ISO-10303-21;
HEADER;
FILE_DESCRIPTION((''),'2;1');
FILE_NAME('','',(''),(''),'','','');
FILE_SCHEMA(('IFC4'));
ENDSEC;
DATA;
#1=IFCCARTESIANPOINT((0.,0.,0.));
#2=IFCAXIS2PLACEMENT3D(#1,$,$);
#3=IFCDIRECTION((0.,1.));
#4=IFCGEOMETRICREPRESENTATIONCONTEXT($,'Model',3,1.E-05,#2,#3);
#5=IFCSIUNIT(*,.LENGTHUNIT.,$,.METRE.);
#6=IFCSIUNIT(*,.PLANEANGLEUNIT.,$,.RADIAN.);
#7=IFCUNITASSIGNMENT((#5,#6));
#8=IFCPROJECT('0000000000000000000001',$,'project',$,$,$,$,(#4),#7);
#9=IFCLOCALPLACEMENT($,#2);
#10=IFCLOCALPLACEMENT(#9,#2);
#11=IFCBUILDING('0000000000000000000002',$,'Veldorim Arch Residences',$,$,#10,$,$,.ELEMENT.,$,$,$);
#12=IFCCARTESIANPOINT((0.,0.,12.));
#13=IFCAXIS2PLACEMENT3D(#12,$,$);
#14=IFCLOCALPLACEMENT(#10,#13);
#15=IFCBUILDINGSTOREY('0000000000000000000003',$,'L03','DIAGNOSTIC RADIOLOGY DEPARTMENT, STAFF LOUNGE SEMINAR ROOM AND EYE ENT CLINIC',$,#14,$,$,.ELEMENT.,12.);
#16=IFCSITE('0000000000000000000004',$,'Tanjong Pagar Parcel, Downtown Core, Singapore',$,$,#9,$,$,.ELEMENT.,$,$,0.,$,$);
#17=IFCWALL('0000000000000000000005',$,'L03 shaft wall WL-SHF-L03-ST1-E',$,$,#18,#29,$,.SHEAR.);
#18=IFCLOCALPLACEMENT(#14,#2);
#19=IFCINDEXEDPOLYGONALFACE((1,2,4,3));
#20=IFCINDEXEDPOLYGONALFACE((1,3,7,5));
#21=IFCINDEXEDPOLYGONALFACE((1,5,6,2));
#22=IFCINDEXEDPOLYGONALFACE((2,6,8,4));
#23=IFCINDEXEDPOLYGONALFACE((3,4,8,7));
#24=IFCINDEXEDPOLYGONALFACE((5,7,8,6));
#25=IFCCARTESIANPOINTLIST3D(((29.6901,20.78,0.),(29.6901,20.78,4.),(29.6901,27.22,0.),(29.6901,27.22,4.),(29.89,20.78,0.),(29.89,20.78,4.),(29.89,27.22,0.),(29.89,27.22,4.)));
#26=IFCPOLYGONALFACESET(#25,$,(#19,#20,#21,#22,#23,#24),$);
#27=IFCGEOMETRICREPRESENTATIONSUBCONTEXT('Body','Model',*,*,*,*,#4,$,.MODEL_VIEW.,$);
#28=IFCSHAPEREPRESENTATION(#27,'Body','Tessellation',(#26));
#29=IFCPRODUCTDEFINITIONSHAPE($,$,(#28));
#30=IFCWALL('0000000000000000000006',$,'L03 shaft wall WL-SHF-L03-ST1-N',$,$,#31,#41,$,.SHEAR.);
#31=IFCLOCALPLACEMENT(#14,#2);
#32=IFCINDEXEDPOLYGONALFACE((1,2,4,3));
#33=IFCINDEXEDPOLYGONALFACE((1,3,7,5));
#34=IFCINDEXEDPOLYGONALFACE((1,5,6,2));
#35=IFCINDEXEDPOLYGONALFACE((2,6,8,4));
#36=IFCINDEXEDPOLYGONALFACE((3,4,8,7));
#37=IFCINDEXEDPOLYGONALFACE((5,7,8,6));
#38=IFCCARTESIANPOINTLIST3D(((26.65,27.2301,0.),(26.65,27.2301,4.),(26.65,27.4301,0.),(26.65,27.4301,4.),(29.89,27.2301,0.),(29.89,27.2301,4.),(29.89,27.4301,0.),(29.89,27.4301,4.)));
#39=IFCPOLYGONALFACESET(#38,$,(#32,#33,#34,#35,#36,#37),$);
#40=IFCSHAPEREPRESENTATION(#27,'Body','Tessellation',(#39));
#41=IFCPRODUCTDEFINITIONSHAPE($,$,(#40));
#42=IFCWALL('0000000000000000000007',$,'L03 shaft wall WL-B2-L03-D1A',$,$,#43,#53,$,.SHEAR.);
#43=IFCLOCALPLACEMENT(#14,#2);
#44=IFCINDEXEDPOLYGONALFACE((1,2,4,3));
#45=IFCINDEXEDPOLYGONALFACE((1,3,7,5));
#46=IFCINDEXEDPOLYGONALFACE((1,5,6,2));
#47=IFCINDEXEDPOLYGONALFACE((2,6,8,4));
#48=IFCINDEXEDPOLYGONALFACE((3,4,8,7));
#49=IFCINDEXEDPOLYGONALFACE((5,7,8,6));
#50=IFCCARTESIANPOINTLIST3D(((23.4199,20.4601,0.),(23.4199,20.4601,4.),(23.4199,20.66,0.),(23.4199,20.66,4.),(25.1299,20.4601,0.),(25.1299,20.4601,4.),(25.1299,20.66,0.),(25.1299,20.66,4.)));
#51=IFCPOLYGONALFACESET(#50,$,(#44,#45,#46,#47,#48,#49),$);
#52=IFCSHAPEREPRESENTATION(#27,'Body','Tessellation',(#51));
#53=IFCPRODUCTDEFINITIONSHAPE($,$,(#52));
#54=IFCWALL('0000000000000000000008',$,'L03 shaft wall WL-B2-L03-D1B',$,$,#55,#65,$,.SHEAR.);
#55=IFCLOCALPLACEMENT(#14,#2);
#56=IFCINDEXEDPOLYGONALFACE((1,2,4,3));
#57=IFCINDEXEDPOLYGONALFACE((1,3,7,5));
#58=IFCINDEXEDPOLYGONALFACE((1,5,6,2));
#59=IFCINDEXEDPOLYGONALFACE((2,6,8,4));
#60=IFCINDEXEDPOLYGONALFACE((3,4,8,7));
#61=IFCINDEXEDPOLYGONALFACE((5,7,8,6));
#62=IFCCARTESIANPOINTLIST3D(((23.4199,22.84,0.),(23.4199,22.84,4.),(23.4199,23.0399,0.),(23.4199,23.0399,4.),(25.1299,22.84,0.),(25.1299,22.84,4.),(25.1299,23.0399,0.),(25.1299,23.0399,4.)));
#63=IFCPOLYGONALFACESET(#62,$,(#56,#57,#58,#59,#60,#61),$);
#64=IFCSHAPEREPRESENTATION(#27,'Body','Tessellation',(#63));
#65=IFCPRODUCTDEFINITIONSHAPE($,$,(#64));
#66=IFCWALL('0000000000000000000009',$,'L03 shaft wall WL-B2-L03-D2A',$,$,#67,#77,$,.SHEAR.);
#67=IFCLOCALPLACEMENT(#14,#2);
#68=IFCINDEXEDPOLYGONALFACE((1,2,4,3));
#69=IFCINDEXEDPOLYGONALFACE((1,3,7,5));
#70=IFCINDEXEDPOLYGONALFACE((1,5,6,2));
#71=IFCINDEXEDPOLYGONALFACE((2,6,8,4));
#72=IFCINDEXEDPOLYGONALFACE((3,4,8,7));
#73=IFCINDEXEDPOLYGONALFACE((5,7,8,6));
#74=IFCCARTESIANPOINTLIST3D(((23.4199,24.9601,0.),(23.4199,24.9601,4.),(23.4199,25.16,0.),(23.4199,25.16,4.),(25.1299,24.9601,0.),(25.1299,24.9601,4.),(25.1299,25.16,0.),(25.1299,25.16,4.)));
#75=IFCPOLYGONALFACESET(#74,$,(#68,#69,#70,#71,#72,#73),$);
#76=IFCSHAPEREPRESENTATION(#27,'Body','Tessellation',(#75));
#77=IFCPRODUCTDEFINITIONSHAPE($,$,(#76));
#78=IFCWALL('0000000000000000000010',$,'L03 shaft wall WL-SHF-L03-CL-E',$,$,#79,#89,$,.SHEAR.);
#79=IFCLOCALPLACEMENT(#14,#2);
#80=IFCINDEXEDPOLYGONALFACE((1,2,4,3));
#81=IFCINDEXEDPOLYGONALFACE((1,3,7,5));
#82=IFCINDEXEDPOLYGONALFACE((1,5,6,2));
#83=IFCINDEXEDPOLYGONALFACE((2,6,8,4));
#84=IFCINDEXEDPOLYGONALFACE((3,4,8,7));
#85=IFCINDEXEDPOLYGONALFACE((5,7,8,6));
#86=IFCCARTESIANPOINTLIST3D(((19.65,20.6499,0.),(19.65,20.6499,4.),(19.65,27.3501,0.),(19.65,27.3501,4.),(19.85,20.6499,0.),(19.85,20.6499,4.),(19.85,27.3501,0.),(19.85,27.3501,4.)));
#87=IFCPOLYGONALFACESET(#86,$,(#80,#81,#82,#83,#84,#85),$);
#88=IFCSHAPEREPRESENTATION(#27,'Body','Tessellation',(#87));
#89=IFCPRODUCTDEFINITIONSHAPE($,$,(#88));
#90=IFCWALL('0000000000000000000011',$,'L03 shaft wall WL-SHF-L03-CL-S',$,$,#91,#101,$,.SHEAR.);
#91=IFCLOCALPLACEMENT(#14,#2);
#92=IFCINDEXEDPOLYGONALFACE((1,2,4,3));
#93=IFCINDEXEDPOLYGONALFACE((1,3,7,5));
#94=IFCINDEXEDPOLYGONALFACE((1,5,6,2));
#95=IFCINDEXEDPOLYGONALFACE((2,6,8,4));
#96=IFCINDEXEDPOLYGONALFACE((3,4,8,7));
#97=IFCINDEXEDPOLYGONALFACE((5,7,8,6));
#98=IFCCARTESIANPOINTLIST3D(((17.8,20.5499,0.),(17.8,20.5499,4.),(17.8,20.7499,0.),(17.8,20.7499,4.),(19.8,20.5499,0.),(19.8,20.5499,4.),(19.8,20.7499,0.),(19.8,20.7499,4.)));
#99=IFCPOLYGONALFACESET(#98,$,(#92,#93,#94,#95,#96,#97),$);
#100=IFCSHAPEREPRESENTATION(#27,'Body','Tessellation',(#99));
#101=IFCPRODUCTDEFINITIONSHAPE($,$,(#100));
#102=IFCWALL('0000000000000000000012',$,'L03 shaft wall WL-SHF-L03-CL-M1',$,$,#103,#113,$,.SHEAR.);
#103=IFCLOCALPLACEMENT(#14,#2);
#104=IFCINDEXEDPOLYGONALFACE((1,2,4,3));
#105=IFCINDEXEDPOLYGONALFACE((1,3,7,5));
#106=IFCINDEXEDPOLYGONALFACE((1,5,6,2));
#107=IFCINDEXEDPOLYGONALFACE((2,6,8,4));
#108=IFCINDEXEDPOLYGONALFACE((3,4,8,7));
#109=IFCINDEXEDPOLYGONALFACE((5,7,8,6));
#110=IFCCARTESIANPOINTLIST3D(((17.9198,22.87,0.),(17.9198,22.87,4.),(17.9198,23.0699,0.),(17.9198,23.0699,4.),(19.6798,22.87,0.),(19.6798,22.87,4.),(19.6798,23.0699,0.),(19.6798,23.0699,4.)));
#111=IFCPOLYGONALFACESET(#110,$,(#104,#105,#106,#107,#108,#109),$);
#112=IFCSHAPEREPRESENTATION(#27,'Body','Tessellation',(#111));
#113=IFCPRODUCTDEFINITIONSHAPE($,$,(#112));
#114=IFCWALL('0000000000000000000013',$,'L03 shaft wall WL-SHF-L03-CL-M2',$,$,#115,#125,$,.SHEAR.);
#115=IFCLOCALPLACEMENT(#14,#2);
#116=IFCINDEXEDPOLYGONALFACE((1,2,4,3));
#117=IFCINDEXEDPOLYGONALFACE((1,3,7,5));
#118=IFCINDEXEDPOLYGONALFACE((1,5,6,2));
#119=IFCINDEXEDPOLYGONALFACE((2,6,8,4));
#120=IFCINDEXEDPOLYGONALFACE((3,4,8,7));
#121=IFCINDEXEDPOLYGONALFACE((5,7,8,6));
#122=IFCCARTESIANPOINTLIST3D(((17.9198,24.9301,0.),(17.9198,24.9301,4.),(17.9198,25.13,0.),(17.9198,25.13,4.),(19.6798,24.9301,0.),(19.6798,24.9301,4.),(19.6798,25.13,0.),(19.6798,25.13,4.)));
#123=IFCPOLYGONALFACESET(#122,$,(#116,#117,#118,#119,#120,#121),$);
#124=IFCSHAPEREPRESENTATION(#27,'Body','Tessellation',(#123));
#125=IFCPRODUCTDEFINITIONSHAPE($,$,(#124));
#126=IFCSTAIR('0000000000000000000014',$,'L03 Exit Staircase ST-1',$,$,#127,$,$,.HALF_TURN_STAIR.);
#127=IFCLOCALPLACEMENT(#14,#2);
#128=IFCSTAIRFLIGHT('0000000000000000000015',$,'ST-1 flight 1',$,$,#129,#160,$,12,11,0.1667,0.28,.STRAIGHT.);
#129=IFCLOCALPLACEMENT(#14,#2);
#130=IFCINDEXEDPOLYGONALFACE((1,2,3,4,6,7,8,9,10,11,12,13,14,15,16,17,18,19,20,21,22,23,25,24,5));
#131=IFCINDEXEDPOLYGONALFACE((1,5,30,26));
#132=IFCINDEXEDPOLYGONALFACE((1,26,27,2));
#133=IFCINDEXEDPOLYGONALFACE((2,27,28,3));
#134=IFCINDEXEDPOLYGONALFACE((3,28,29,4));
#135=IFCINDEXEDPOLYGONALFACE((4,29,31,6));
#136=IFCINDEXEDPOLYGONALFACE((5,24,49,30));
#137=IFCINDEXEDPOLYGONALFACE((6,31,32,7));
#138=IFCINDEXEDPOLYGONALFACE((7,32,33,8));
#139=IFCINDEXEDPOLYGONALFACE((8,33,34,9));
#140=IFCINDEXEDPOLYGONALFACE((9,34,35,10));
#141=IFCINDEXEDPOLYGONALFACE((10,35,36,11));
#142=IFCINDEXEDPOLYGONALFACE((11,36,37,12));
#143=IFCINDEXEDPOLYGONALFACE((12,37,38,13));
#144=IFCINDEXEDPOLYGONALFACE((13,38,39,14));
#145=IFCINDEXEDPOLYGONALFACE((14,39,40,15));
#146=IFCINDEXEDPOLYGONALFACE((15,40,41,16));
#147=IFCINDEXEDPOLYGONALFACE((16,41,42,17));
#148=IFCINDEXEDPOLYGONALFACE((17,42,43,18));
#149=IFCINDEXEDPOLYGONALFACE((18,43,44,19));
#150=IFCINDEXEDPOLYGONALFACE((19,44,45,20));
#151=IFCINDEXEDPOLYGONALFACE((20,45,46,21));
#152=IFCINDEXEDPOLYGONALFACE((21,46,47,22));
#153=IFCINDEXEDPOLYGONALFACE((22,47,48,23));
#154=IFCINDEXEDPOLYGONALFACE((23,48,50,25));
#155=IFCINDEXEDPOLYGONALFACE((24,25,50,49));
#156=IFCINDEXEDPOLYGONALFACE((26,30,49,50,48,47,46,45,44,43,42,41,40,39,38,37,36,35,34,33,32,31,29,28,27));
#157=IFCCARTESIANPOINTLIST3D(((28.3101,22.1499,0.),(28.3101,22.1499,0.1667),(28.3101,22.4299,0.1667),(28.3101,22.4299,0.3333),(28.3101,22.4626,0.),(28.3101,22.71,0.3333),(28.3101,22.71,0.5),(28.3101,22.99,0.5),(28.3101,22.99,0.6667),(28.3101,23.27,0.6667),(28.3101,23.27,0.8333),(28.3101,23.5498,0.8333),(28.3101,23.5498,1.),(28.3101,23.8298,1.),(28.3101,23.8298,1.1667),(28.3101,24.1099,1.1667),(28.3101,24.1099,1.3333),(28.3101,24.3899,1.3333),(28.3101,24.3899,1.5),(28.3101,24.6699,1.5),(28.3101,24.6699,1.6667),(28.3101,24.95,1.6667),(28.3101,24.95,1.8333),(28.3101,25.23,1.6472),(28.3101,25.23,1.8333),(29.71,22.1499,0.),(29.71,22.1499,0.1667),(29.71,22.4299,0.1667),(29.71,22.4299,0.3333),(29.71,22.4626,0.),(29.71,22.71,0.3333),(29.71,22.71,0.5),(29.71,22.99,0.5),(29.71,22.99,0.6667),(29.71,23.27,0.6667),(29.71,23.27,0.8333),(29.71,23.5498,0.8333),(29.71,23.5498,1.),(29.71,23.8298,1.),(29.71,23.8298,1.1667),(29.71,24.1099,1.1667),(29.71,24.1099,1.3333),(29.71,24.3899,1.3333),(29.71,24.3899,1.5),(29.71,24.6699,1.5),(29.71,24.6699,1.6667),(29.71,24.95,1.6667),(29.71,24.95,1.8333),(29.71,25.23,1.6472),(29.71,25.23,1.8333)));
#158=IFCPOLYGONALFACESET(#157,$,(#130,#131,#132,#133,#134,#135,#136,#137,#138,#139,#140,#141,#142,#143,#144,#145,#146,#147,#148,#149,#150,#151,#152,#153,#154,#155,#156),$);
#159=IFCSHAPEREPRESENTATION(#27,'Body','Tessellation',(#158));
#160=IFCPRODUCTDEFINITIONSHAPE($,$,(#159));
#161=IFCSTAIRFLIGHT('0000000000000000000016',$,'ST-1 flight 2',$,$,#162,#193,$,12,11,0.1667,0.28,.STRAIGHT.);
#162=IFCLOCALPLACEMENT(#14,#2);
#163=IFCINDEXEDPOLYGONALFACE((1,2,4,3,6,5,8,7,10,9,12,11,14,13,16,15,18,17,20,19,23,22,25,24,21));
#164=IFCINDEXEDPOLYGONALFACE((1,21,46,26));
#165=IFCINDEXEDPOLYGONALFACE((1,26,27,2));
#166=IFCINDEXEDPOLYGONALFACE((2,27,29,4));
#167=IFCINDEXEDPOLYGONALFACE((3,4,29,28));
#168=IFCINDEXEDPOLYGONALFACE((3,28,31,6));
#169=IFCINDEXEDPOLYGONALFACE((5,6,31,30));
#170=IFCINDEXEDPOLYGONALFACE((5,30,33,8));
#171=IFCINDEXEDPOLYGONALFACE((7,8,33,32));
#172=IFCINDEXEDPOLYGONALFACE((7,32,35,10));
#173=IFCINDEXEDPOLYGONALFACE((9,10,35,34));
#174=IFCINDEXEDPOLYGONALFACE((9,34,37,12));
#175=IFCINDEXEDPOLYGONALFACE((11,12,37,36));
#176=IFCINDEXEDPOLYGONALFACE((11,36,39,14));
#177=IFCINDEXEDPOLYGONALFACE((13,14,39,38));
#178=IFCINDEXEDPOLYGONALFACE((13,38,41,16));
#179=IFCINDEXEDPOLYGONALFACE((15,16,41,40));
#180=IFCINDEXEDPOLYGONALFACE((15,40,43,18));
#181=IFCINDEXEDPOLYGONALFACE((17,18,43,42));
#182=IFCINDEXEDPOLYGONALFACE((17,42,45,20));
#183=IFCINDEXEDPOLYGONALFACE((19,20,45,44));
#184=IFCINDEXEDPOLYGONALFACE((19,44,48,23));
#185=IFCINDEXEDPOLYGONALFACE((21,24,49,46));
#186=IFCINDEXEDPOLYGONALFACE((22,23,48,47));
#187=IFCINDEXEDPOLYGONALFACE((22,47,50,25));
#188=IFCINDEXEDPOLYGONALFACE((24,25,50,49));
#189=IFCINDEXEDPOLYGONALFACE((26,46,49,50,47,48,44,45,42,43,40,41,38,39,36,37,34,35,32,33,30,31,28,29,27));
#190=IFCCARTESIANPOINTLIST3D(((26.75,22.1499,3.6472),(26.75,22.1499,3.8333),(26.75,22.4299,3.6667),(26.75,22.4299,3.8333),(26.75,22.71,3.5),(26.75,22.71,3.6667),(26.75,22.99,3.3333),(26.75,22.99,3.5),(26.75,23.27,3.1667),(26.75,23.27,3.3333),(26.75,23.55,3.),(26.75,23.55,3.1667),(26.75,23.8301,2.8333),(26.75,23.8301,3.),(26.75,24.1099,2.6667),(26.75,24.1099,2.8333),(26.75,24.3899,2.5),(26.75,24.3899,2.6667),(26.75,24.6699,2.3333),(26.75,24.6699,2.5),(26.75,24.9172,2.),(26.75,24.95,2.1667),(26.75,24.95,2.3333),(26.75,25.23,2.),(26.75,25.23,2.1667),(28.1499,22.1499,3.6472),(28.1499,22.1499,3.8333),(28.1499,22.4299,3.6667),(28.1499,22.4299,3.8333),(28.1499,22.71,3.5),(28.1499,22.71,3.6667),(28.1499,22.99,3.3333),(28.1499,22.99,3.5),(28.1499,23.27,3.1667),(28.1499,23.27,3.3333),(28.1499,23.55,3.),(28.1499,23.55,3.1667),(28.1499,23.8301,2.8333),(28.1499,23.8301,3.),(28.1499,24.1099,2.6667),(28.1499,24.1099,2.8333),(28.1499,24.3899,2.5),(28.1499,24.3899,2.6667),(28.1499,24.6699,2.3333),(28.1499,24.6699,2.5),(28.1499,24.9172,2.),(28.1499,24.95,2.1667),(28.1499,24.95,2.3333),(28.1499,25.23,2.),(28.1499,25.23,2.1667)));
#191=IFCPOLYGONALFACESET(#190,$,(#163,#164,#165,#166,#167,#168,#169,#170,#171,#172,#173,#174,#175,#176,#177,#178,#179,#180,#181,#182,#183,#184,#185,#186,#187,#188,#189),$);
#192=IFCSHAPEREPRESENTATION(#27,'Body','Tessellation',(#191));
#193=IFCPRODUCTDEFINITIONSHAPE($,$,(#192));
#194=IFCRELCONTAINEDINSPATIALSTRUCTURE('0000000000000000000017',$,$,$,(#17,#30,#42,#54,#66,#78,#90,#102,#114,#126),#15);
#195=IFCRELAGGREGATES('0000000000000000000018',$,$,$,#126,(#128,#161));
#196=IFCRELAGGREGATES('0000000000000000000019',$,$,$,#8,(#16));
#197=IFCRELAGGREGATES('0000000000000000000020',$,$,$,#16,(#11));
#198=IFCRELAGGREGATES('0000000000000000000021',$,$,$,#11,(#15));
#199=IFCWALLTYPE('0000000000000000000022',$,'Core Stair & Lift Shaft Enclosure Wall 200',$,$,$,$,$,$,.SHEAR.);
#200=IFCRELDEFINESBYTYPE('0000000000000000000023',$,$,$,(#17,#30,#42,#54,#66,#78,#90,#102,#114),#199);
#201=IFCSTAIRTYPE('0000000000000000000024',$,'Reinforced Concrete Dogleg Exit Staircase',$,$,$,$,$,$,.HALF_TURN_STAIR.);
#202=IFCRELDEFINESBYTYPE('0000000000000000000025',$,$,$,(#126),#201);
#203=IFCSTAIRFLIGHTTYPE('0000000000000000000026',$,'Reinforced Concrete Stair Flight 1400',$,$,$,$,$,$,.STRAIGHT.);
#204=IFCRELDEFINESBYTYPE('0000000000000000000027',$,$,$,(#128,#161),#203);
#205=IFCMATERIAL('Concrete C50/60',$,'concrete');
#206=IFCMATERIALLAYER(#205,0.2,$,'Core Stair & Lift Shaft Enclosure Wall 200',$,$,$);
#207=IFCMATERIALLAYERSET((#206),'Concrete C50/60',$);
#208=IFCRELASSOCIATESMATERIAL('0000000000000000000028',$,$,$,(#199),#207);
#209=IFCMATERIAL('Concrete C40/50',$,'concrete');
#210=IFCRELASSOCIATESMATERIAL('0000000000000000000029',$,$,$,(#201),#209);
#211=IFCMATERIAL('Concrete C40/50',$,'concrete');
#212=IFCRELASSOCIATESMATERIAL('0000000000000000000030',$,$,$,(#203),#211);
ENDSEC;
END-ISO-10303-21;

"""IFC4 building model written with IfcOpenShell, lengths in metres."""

from ifc_helpers import new_model, si_unit, direction, frame, frame_2d, origin, place, context, subcontext, project, spatial, polyline, rectangle, outline, extrude, material, layer, layer_set, type_object, element, aggregate, save


model = new_model("IFC4")

# Units and contexts
model_context = context("Model", 3, precision=1e-05, world=origin(), true_north=direction((0.0, 1.0)))
body_context = subcontext(model_context, "Body", "Model", "MODEL_VIEW")
ifc_project = project(units=[si_unit("LENGTHUNIT", "METRE"), si_unit("PLANEANGLEUNIT", "RADIAN")], contexts=[model_context])

# Site, building, storey
site_placement = place(None, origin())
site = spatial("IfcSite", under=ifc_project, at=site_placement, Name="Tanjong Pagar Parcel, Downtown Core, Singapore", CompositionType="ELEMENT", RefElevation=0.0)
building_placement = place(site_placement, origin())
building = spatial("IfcBuilding", under=site, at=building_placement, Name="Veldorim Arch Residences", CompositionType="ELEMENT")
storey_placement = place(building_placement, frame((0.0, 0.0, 12.0)))
storey = spatial("IfcBuildingStorey", under=building, at=storey_placement, Name="L03", Description="DIAGNOSTIC RADIOLOGY DEPARTMENT, STAFF LOUNGE SEMINAR ROOM AND EYE ENT CLINIC", CompositionType="ELEMENT", Elevation=12.0)

# Walls
ifc_material_1 = material(Name="Concrete C50/60", Category="concrete")
ifc_layer = layer(ifc_material_1, 0.2, Name="Core Stair & Lift Shaft Enclosure Wall 200")
ifc_layer_set = layer_set([ifc_layer], Name="Concrete C50/60")
wall_type = type_object("IfcWallType", Name="Core Stair & Lift Shaft Enclosure Wall 200", PredefinedType="SHEAR", material=ifc_layer_set)
wall_1_placement = place(storey_placement, frame((29.79, 20.78, 0.0), z_axis=(0.0, 0.0, 1.0), x_axis=(0.0, 1.0, 0.0)))
element("IfcWall", 1, at=wall_1_placement, inside=storey, type_object=wall_type, Name="L03 shaft wall WL-SHF-L03-ST1-E", PredefinedType="SHEAR", context=body_context, shape_type="SweptSolid", body=[
    extrude(rectangle(XDim=6.4399, YDim=0.2, at=frame_2d((3.22, 0.0))), origin(), (0.0, 0.0, 1.0), 4.0),
])
wall_2_placement = place(storey_placement, frame((26.6499, 27.3301, 0.0), z_axis=(0.0, 0.0, 1.0), x_axis=(1.0, 0.0, 0.0)))
element("IfcWall", 2, at=wall_2_placement, inside=storey, type_object=wall_type, Name="L03 shaft wall WL-SHF-L03-ST1-N", PredefinedType="SHEAR", context=body_context, shape_type="SweptSolid", body=[
    extrude(rectangle(XDim=3.24, YDim=0.2, at=frame_2d((1.6201, 0.0))), origin(), (0.0, 0.0, 1.0), 4.0),
])

# Walls
for number, where, z_axis, x_axis, name in (
    (3, (23.4199, 20.5601, 0.0), (0.0, 0.0, 1.0), (1.0, 0.0, 0.0), "L03 shaft wall WL-B2-L03-D1A"),
    (4, (23.4199, 22.9399, 0.0), (0.0, 0.0, 1.0), (1.0, 0.0, 0.0), "L03 shaft wall WL-B2-L03-D1B"),
    (5, (23.4199, 25.0601, 0.0), (0.0, 0.0, 1.0), (1.0, 0.0, 0.0), "L03 shaft wall WL-B2-L03-D2A"),
):
    element("IfcWall", number, at=place(storey_placement, frame(where, z_axis=z_axis, x_axis=x_axis)), inside=storey, type_object=wall_type, Name=name, PredefinedType="SHEAR", context=body_context, shape_type="SweptSolid", body=[
        extrude(rectangle(XDim=1.71, YDim=0.2, at=frame_2d((0.855, 0.0))), origin(), (0.0, 0.0, 1.0), 4.0),
    ])

# Walls
wall_3_placement = place(storey_placement, frame((19.75, 20.6499, 0.0), z_axis=(0.0, 0.0, 1.0), x_axis=(0.0, 1.0, 0.0)))
element("IfcWall", 6, at=wall_3_placement, inside=storey, type_object=wall_type, Name="L03 shaft wall WL-SHF-L03-CL-E", PredefinedType="SHEAR", context=body_context, shape_type="SweptSolid", body=[
    extrude(rectangle(XDim=6.7002, YDim=0.2, at=frame_2d((3.3501, 0.0))), origin(), (0.0, 0.0, 1.0), 4.0),
])
wall_4_placement = place(storey_placement, frame((17.8, 20.6499, 0.0), z_axis=(0.0, 0.0, 1.0), x_axis=(1.0, 0.0, 0.0)))
element("IfcWall", 7, at=wall_4_placement, inside=storey, type_object=wall_type, Name="L03 shaft wall WL-SHF-L03-CL-S", PredefinedType="SHEAR", context=body_context, shape_type="SweptSolid", body=[
    extrude(rectangle(XDim=2.0, YDim=0.2, at=frame_2d((1.0, 0.0))), origin(), (0.0, 0.0, 1.0), 4.0),
])
for number, where, z_axis, x_axis, name in (
    (8, (17.9199, 22.97, 0.0), (0.0, 0.0, 1.0), (1.0, 0.0, 0.0), "L03 shaft wall WL-SHF-L03-CL-M1"),
    (9, (17.9199, 25.03, 0.0), (0.0, 0.0, 1.0), (1.0, 0.0, 0.0), "L03 shaft wall WL-SHF-L03-CL-M2"),
):
    element("IfcWall", number, at=place(storey_placement, frame(where, z_axis=z_axis, x_axis=x_axis)), inside=storey, type_object=wall_type, Name=name, PredefinedType="SHEAR", context=body_context, shape_type="SweptSolid", body=[
        extrude(rectangle(XDim=1.76, YDim=0.2, at=frame_2d((0.8799, 0.0))), origin(), (0.0, 0.0, 1.0), 4.0),
    ])

# Stair, stair flights
ifc_material_2 = material(Name="Concrete C40/50", Category="concrete")
stair_type = type_object("IfcStairType", Name="Reinforced Concrete Dogleg Exit Staircase", PredefinedType="HALF_TURN_STAIR", material=ifc_material_2)
stair_placement = place(storey_placement, origin())
stair = element("IfcStair", 10, at=stair_placement, inside=storey, type_object=stair_type, Name="L03 Exit Staircase ST-1", PredefinedType="HALF_TURN_STAIR")
ifc_material_3 = material(Name="Concrete C40/50", Category="concrete")
stair_flight_type = type_object("IfcStairFlightType", Name="Reinforced Concrete Stair Flight 1400", PredefinedType="STRAIGHT", material=ifc_material_3)
stair_flight_1_placement = place(storey_placement, frame((29.01, 22.1499, 0.0), z_axis=(0.0, 0.0, 1.0), x_axis=(0.0, 1.0, 0.0)))
stair_flight_1 = element("IfcStairFlight", 11, at=stair_flight_1_placement, type_object=stair_flight_type, Name="ST-1 flight 1", NumberOfRisers=12, NumberOfTreads=11, PredefinedType="STRAIGHT", RiserHeight=0.1667, TreadLength=0.28, context=body_context, shape_type="SweptSolid", body=[
    extrude(outline(polyline([(0.0, 0.0), (0.0, 0.1667), (0.28, 0.1667), (0.28, 0.3333), (0.5601, 0.3333), (0.5601, 0.5), (0.8401, 0.5), (0.8401, 0.6667), (1.1201, 0.6667), (1.1201, 0.8333), (1.3999, 0.8333), (1.3999, 1.0), (1.6799, 1.0), (1.6799, 1.1667), (1.96, 1.1667), (1.96, 1.3333), (2.24, 1.3333), (2.24, 1.5), (2.52, 1.5), (2.52, 1.6667), (2.8, 1.6667), (2.8, 1.8333), (3.0801, 1.8333), (3.0801, 2.0), (3.0801, 1.6472), (0.3127, 0.0), (0.0, 0.0)])), frame((0.0, 0.7, 0.0), z_axis=(0.0, -1.0, 0.0), x_axis=(1.0, 0.0, 0.0)), (0.0, 0.0, 1.0), 1.3999),
])
stair_flight_2_placement = place(storey_placement, frame((27.45, 25.23, 2.0), z_axis=(0.0, 0.0, 1.0), x_axis=(0.0, -1.0, 0.0)))
stair_flight_2 = element("IfcStairFlight", 12, at=stair_flight_2_placement, type_object=stair_flight_type, Name="ST-1 flight 2", NumberOfRisers=12, NumberOfTreads=11, PredefinedType="STRAIGHT", RiserHeight=0.1667, TreadLength=0.28, context=body_context, shape_type="SweptSolid", body=[
    extrude(outline(polyline([(0.0, 0.0), (0.0, 0.1667), (0.28, 0.1667), (0.28, 0.3333), (0.5601, 0.3333), (0.5601, 0.5), (0.8401, 0.5), (0.8401, 0.6667), (1.1201, 0.6667), (1.1201, 0.8333), (1.3999, 0.8333), (1.3999, 1.0), (1.6799, 1.0), (1.6799, 1.1667), (1.96, 1.1667), (1.96, 1.3333), (2.24, 1.3333), (2.24, 1.5), (2.52, 1.5), (2.52, 1.6667), (2.8, 1.6667), (2.8, 1.8333), (3.0801, 1.8333), (3.0801, 2.0), (3.0801, 1.6472), (0.3127, 0.0), (0.0, 0.0)])), frame((0.0, 0.7, 0.0), z_axis=(0.0, -1.0, 0.0), x_axis=(1.0, 0.0, 0.0)), (0.0, 0.0, 1.0), 1.3999),
])
aggregate(stair, [stair_flight_1, stair_flight_2])

save(model, "model.ifc")
